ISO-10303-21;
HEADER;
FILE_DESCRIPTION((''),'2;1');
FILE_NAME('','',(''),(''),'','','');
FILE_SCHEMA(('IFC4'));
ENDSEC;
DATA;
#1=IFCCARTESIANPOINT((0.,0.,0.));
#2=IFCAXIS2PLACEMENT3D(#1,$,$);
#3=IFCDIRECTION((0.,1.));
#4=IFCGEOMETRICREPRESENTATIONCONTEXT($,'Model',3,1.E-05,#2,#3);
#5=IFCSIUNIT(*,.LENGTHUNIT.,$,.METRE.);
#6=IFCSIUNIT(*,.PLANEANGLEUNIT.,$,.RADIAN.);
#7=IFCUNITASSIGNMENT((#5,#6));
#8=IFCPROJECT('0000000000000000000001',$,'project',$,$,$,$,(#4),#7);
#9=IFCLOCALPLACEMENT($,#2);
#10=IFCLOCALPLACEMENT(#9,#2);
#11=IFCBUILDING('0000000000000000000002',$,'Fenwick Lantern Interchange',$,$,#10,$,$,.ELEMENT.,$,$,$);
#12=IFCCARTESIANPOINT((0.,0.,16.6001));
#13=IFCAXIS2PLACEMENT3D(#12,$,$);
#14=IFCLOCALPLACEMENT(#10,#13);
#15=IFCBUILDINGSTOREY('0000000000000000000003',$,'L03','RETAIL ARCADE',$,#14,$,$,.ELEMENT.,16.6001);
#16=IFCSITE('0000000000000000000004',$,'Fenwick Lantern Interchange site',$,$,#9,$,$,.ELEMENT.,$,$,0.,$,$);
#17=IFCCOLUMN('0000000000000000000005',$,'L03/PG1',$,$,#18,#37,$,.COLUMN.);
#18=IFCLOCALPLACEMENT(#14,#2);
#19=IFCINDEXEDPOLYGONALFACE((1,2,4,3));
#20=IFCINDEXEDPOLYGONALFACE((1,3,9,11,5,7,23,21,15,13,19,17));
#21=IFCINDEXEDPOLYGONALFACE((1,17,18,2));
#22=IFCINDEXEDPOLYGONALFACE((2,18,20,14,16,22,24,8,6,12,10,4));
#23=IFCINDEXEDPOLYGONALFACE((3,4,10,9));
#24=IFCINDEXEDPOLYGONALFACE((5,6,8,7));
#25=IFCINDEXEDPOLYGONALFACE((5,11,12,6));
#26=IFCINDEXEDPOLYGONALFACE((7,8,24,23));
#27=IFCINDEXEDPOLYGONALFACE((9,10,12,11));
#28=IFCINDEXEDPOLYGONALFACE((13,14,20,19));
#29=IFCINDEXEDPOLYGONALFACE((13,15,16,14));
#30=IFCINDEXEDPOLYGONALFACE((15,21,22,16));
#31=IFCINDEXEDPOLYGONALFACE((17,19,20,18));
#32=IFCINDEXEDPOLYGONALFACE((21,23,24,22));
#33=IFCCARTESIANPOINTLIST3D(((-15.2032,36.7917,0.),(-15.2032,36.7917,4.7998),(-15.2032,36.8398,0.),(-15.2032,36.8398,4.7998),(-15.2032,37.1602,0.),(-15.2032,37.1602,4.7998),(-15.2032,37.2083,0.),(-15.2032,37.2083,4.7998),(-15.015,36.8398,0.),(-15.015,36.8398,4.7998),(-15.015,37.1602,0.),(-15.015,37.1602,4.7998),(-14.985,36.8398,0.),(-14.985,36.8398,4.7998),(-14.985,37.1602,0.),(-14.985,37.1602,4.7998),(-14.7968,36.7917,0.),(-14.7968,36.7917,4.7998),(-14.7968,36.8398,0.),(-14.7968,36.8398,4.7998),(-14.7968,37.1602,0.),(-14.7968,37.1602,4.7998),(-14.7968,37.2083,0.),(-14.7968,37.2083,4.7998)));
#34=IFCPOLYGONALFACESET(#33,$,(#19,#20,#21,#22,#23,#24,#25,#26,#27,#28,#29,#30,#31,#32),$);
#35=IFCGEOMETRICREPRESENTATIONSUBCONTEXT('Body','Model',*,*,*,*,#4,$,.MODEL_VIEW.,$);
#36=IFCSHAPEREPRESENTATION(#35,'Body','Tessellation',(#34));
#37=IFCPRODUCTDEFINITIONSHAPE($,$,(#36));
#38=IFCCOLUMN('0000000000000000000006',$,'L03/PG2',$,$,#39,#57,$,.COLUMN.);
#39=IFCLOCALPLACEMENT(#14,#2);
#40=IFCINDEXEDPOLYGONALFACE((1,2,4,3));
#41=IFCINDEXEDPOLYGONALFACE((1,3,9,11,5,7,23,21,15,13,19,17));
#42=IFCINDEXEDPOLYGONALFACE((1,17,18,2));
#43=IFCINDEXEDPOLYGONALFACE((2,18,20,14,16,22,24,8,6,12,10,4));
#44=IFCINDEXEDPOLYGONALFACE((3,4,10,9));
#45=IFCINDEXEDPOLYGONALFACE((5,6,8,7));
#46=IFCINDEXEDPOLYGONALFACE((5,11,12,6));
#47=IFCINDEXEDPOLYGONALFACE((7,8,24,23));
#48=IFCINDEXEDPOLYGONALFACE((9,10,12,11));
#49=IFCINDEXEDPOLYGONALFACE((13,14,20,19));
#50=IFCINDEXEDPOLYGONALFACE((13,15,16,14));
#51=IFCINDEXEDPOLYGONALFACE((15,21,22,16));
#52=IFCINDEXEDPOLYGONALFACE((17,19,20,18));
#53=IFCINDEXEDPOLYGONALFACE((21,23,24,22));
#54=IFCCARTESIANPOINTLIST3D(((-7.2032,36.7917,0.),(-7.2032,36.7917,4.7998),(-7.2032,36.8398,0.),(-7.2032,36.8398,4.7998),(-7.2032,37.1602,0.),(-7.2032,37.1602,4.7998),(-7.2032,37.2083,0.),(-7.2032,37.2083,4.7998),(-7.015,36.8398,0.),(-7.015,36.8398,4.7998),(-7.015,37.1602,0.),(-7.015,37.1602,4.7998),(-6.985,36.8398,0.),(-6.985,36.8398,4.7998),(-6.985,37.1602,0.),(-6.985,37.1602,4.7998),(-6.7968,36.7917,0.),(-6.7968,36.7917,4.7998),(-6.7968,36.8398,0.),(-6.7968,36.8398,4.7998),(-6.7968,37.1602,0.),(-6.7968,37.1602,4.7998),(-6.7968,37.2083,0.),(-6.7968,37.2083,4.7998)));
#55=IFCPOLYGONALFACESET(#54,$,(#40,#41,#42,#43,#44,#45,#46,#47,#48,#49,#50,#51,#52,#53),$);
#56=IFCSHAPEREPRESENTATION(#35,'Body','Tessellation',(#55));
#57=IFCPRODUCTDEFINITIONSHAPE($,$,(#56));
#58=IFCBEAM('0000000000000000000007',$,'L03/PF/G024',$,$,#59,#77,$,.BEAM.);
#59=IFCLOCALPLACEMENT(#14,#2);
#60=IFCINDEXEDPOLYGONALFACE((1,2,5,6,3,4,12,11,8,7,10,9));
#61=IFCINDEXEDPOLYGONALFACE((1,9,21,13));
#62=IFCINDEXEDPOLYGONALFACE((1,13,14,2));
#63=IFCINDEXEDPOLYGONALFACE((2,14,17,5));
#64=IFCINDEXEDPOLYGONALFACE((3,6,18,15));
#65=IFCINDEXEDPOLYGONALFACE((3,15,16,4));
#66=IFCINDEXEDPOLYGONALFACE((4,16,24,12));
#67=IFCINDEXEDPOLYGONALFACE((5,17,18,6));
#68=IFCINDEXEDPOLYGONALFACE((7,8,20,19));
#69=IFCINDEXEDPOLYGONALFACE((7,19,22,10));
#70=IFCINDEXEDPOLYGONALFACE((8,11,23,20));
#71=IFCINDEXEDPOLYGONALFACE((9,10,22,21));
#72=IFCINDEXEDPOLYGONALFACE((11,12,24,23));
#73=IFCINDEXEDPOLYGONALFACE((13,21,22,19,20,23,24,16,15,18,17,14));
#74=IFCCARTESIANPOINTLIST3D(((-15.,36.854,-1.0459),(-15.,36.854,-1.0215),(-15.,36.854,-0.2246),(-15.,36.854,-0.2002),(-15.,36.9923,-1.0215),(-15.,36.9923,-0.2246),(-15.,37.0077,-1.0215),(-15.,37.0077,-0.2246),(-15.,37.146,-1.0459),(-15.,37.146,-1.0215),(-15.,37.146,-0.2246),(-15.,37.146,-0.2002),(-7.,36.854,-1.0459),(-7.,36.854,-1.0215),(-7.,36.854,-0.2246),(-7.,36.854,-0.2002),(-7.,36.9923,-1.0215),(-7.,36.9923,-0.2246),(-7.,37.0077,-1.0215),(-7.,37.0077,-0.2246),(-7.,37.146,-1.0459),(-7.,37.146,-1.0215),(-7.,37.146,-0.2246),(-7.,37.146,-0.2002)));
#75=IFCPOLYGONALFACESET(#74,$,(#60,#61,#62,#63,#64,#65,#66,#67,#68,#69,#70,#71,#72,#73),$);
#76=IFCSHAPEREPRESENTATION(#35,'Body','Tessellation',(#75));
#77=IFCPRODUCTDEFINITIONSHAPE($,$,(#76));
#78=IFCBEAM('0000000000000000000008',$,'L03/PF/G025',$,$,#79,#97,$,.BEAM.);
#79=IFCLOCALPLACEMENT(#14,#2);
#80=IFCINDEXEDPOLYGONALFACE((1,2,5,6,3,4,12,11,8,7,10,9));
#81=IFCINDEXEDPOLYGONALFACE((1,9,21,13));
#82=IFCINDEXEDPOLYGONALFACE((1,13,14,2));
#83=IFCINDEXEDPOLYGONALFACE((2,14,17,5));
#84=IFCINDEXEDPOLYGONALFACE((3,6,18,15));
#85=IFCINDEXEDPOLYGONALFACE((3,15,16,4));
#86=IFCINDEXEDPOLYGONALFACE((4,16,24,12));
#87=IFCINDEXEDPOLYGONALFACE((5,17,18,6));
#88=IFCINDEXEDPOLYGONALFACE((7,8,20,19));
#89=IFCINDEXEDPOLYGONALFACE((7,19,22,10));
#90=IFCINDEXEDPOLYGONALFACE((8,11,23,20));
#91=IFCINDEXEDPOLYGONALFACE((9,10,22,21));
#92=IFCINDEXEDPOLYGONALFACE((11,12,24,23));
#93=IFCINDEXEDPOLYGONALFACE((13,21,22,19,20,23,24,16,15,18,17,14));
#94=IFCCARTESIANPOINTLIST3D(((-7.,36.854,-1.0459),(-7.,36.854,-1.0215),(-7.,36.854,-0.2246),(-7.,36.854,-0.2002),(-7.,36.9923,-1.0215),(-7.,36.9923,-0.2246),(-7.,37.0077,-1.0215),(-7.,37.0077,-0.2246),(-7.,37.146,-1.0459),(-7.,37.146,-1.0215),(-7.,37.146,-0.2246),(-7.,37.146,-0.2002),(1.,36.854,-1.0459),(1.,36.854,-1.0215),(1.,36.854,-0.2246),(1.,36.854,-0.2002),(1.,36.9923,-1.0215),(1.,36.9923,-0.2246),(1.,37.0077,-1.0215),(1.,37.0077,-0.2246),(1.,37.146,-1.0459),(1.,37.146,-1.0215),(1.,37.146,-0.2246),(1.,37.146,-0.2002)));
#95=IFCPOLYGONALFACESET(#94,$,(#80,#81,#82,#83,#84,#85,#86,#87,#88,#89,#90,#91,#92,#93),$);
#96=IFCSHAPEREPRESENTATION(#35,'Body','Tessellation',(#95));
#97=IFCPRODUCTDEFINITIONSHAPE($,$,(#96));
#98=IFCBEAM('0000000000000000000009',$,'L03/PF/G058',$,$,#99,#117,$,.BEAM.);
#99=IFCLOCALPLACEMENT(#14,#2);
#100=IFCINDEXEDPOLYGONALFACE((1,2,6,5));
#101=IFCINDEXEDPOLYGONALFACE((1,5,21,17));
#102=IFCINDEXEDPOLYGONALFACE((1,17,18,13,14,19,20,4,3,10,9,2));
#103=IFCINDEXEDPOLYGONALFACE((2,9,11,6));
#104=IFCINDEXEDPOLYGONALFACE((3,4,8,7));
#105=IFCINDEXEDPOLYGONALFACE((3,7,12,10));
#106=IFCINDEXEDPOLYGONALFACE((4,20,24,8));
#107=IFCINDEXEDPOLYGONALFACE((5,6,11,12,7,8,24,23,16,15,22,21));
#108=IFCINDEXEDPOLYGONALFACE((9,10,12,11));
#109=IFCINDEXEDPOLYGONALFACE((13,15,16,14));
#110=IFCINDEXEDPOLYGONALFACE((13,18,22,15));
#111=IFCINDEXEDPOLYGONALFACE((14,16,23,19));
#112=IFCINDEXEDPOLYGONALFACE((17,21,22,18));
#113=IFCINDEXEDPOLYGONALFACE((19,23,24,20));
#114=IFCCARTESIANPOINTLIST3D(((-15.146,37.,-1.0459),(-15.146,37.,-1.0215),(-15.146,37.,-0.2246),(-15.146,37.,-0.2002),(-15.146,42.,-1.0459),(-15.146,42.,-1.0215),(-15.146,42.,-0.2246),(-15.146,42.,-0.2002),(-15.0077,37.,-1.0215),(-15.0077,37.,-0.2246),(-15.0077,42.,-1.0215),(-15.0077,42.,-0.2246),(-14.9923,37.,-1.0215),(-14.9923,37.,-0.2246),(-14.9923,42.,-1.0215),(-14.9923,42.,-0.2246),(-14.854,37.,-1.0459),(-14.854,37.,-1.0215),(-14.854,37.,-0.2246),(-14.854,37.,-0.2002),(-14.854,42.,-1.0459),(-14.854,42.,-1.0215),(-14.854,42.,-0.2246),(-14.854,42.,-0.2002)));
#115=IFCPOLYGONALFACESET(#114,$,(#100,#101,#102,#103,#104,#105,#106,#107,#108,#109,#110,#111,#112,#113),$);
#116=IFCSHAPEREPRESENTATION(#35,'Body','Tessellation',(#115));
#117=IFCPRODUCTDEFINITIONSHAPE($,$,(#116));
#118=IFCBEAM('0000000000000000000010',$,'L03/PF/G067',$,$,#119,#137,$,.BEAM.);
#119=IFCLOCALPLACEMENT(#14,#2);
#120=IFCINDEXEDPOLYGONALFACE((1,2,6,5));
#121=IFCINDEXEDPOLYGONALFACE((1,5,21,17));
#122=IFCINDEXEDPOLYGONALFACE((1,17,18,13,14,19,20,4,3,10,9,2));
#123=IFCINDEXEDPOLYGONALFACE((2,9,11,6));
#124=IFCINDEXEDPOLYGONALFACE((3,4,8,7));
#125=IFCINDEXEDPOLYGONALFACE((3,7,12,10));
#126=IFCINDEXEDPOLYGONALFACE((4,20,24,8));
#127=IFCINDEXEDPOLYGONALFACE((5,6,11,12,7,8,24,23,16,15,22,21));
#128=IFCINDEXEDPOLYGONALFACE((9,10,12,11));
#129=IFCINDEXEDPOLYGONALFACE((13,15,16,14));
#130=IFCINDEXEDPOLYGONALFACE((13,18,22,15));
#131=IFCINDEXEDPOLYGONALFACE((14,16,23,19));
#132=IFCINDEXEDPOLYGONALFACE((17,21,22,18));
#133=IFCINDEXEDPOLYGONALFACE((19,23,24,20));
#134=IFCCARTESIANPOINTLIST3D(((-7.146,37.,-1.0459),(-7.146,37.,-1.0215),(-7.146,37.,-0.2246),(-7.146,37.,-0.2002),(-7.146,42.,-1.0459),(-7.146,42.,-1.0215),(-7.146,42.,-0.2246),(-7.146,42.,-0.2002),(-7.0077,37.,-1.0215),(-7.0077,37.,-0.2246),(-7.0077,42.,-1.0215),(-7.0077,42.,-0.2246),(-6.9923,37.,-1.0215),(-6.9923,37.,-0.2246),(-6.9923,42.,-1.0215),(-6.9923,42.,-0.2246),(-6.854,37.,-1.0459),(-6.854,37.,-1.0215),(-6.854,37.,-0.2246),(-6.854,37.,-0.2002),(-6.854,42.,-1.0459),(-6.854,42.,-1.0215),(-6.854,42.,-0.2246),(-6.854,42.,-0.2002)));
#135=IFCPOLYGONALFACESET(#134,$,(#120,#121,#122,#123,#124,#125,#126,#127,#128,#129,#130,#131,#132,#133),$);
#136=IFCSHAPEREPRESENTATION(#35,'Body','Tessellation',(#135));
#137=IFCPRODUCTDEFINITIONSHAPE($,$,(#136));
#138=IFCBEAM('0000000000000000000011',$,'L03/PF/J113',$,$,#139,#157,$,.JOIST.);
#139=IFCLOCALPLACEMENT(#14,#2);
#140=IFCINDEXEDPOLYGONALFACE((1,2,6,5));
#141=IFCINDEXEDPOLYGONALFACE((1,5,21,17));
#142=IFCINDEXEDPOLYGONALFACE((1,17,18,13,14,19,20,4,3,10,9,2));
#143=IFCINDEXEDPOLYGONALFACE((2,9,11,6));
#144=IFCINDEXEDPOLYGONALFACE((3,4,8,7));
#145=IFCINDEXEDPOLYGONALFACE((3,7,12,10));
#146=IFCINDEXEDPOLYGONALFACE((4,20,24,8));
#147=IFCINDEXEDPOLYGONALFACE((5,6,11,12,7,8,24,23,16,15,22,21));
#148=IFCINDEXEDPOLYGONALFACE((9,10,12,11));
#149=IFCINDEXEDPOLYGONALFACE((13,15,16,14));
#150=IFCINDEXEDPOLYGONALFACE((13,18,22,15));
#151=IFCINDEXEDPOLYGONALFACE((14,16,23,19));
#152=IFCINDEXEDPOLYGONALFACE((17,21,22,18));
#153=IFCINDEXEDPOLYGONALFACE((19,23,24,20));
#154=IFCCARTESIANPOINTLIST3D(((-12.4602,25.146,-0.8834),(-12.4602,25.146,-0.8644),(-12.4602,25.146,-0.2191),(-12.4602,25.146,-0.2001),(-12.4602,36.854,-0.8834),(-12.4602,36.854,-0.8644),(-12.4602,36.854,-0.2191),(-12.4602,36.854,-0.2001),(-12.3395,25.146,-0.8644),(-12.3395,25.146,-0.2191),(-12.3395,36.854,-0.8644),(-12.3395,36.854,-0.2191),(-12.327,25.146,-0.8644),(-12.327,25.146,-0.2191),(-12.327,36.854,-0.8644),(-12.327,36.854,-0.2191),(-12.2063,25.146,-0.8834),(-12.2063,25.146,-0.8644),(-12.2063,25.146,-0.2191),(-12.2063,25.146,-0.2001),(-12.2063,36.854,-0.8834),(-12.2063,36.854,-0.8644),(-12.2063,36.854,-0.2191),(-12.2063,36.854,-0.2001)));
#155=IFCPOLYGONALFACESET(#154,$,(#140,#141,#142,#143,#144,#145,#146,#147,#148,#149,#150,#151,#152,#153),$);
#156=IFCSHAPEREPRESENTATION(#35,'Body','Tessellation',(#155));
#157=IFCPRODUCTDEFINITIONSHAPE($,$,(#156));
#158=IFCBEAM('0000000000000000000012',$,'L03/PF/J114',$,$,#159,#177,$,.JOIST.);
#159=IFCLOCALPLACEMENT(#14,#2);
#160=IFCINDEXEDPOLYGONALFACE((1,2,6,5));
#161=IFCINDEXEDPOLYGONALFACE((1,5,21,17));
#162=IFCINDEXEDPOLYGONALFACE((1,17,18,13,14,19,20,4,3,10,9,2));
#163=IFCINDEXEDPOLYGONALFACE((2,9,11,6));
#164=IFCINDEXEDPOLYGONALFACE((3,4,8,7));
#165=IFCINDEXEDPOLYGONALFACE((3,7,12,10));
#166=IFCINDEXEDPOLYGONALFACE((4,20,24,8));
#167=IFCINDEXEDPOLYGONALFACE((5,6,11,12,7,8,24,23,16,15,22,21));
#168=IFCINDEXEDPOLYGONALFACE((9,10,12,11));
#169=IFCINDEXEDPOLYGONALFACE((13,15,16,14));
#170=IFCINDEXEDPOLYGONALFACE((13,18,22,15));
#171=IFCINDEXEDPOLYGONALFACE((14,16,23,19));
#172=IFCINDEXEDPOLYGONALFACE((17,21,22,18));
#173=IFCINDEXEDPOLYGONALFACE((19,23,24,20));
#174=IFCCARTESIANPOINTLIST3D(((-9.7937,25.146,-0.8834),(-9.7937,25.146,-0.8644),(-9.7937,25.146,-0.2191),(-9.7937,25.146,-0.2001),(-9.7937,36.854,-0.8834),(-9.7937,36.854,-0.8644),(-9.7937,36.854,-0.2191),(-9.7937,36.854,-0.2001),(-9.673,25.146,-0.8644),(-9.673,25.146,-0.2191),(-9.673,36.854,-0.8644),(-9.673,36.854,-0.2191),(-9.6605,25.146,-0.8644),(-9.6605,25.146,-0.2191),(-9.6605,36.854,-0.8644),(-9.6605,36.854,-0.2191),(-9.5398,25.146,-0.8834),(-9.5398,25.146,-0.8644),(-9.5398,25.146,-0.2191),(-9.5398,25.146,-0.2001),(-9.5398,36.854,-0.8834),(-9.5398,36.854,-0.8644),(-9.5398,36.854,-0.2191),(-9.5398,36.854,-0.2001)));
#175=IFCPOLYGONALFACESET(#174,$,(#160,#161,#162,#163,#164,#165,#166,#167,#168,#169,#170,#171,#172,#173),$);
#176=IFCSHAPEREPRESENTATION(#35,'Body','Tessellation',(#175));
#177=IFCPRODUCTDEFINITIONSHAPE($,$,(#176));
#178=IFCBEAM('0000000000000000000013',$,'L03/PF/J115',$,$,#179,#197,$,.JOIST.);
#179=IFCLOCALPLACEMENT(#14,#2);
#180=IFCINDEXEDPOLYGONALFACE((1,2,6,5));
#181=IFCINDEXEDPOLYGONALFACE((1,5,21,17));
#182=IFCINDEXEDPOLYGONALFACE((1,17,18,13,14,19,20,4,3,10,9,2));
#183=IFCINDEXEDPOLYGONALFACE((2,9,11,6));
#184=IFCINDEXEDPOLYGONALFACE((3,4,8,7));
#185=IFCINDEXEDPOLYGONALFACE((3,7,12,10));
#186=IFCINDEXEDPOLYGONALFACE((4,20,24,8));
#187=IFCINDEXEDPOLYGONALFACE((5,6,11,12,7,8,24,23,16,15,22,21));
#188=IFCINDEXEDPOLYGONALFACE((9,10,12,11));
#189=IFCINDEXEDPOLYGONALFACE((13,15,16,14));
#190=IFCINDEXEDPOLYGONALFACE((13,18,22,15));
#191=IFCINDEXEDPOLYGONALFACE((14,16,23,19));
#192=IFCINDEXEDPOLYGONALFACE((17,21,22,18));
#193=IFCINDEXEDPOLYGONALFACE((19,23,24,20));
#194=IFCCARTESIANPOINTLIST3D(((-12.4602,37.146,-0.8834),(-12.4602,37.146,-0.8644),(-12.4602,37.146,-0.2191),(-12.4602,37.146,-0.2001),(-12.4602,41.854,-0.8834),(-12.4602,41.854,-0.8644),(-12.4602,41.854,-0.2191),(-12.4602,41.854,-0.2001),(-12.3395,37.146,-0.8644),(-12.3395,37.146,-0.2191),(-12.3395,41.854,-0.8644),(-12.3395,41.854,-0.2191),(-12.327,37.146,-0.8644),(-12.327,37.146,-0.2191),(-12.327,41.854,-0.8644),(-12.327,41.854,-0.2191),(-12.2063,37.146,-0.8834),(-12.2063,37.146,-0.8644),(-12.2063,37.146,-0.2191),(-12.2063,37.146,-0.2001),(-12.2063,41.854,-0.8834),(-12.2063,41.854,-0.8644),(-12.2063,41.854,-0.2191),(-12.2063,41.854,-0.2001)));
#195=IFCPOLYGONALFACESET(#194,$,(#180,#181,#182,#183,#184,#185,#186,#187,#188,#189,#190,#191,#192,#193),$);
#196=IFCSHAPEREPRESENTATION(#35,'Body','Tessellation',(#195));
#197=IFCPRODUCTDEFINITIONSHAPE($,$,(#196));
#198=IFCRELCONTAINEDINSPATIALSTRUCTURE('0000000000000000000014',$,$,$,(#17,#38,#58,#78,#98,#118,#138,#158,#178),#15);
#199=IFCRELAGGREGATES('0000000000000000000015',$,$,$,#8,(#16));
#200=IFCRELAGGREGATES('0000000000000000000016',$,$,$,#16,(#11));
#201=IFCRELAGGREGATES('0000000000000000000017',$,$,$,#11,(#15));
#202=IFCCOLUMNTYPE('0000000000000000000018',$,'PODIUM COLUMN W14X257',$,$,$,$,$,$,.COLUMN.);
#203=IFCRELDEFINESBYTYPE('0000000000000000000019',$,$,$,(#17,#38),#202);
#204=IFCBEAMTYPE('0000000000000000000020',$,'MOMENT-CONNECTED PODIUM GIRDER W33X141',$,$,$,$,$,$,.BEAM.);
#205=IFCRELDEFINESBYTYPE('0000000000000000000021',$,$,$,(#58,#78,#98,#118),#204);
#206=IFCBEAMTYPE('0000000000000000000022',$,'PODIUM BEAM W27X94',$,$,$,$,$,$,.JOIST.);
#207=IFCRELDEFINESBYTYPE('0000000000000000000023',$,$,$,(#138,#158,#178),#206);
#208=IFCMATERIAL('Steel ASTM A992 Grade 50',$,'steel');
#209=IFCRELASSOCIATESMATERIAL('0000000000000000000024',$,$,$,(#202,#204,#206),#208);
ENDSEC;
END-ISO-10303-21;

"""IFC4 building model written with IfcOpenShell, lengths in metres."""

from ifc_helpers import new_model, si_unit, direction, frame, origin, origin_2d, place, context, subcontext, project, spatial, i_section, extrude, material, material_profile, profile_set, type_object, element, save


model = new_model("IFC4")

# Units and contexts
model_context = context("Model", 3, precision=1e-05, world=origin(), true_north=direction((0.0, 1.0)))
body_context = subcontext(model_context, "Body", "Model", "MODEL_VIEW")
ifc_project = project(units=[si_unit("LENGTHUNIT", "METRE"), si_unit("PLANEANGLEUNIT", "RADIAN")], contexts=[model_context])

# Site, building, storey
site_placement = place(None, origin())
site = spatial("IfcSite", under=ifc_project, at=site_placement, Name="Fenwick Lantern Interchange site", CompositionType="ELEMENT", RefElevation=0.0)
building_placement = place(site_placement, origin())
building = spatial("IfcBuilding", under=site, at=building_placement, Name="Fenwick Lantern Interchange", CompositionType="ELEMENT")
storey_placement = place(building_placement, frame((0.0, 0.0, 16.6001)))
storey = spatial("IfcBuildingStorey", under=building, at=storey_placement, Name="L03", Description="RETAIL ARCADE", CompositionType="ELEMENT", Elevation=16.6001)

# Columns
ifc_material_1 = material(Name="Steel ASTM A992 Grade 50", Category="steel")
ifc_material_profile_1 = material_profile(ifc_material_1, i_section(OverallWidth=0.4065, OverallDepth=0.4165, WebThickness=0.03, FlangeThickness=0.0481, at=origin_2d()), Name="W14X257")
ifc_profile_set_1 = profile_set([ifc_material_profile_1], Name="Steel ASTM A992 Grade 50")
column_type = type_object("IfcColumnType", Name="PODIUM COLUMN W14X257", PredefinedType="COLUMN", material=ifc_profile_set_1)
for number, where, z_axis, x_axis, name in (
    (1, (-15.0, 37.0, 0.0), (0.0, 0.0, 1.0), (1.0, 0.0, 0.0), "L03/PG1"),
    (2, (-7.0, 37.0, 0.0), (0.0, 0.0, 1.0), (1.0, 0.0, 0.0), "L03/PG2"),
):
    element("IfcColumn", number, at=place(storey_placement, frame(where, z_axis=z_axis, x_axis=x_axis)), inside=storey, type_object=column_type, Name=name, PredefinedType="COLUMN", context=body_context, shape_type="SweptSolid", body=[
        extrude(i_section(OverallWidth=0.4065, OverallDepth=0.4165, WebThickness=0.03, FlangeThickness=0.0481, at=origin_2d()), origin(), (0.0, 0.0, 1.0), 4.7998),
    ])

# Beams
ifc_material_profile_2 = material_profile(ifc_material_1, i_section(OverallWidth=0.292, OverallDepth=0.8457, WebThickness=0.0154, FlangeThickness=0.0244, at=origin_2d()), Name="W33X141")
ifc_profile_set_2 = profile_set([ifc_material_profile_2], Name="Steel ASTM A992 Grade 50")
beam_type_1 = type_object("IfcBeamType", Name="MOMENT-CONNECTED PODIUM GIRDER W33X141", PredefinedType="BEAM", material=ifc_profile_set_2)
for number, where, z_axis, x_axis, name in (
    (3, (-15.0, 37.0, -0.623), (1.0, 0.0, 0.0), (0.0, 1.0, 0.0), "L03/PF/G024"),
    (4, (-7.0, 37.0, -0.623), (1.0, 0.0, 0.0), (0.0, 1.0, 0.0), "L03/PF/G025"),
):
    element("IfcBeam", number, at=place(storey_placement, frame(where, z_axis=z_axis, x_axis=x_axis)), inside=storey, type_object=beam_type_1, Name=name, PredefinedType="BEAM", context=body_context, shape_type="SweptSolid", body=[
        extrude(i_section(OverallWidth=0.292, OverallDepth=0.8457, WebThickness=0.0154, FlangeThickness=0.0244, at=origin_2d()), origin(), (0.0, 0.0, 1.0), 8.0),
    ])
for number, where, z_axis, x_axis, name in (
    (5, (-15.0, 37.0, -0.623), (0.0, 1.0, 0.0), (-1.0, 0.0, 0.0), "L03/PF/G058"),
    (6, (-7.0, 37.0, -0.623), (0.0, 1.0, 0.0), (-1.0, 0.0, 0.0), "L03/PF/G067"),
):
    element("IfcBeam", number, at=place(storey_placement, frame(where, z_axis=z_axis, x_axis=x_axis)), inside=storey, type_object=beam_type_1, Name=name, PredefinedType="BEAM", context=body_context, shape_type="SweptSolid", body=[
        extrude(i_section(OverallWidth=0.292, OverallDepth=0.8457, WebThickness=0.0154, FlangeThickness=0.0244, at=origin_2d()), origin(), (0.0, 0.0, 1.0), 5.0),
    ])
ifc_material_profile_3 = material_profile(ifc_material_1, i_section(OverallWidth=0.2539, OverallDepth=0.6833, WebThickness=0.0125, FlangeThickness=0.019, at=origin_2d()), Name="W27X94")
ifc_profile_set_3 = profile_set([ifc_material_profile_3], Name="Steel ASTM A992 Grade 50")
beam_type_2 = type_object("IfcBeamType", Name="PODIUM BEAM W27X94", PredefinedType="JOIST", material=ifc_profile_set_3)
for number, where, z_axis, x_axis, name in (
    (7, (-12.3333, 25.146, -0.5417), (0.0, 1.0, 0.0), (-1.0, 0.0, 0.0), "L03/PF/J113"),
    (8, (-9.6667, 25.146, -0.5417), (0.0, 1.0, 0.0), (-1.0, 0.0, 0.0), "L03/PF/J114"),
):
    element("IfcBeam", number, at=place(storey_placement, frame(where, z_axis=z_axis, x_axis=x_axis)), inside=storey, type_object=beam_type_2, Name=name, PredefinedType="JOIST", context=body_context, shape_type="SweptSolid", body=[
        extrude(i_section(OverallWidth=0.2539, OverallDepth=0.6833, WebThickness=0.0125, FlangeThickness=0.019, at=origin_2d()), origin(), (0.0, 0.0, 1.0), 11.708),
    ])
for number, where, z_axis, x_axis, name in (
    (9, (-12.3333, 37.146, -0.5417), (0.0, 1.0, 0.0), (-1.0, 0.0, 0.0), "L03/PF/J115"),
):
    element("IfcBeam", number, at=place(storey_placement, frame(where, z_axis=z_axis, x_axis=x_axis)), inside=storey, type_object=beam_type_2, Name=name, PredefinedType="JOIST", context=body_context, shape_type="SweptSolid", body=[
        extrude(i_section(OverallWidth=0.2539, OverallDepth=0.6833, WebThickness=0.0125, FlangeThickness=0.019, at=origin_2d()), origin(), (0.0, 0.0, 1.0), 4.708),
    ])

save(model, "model.ifc")
